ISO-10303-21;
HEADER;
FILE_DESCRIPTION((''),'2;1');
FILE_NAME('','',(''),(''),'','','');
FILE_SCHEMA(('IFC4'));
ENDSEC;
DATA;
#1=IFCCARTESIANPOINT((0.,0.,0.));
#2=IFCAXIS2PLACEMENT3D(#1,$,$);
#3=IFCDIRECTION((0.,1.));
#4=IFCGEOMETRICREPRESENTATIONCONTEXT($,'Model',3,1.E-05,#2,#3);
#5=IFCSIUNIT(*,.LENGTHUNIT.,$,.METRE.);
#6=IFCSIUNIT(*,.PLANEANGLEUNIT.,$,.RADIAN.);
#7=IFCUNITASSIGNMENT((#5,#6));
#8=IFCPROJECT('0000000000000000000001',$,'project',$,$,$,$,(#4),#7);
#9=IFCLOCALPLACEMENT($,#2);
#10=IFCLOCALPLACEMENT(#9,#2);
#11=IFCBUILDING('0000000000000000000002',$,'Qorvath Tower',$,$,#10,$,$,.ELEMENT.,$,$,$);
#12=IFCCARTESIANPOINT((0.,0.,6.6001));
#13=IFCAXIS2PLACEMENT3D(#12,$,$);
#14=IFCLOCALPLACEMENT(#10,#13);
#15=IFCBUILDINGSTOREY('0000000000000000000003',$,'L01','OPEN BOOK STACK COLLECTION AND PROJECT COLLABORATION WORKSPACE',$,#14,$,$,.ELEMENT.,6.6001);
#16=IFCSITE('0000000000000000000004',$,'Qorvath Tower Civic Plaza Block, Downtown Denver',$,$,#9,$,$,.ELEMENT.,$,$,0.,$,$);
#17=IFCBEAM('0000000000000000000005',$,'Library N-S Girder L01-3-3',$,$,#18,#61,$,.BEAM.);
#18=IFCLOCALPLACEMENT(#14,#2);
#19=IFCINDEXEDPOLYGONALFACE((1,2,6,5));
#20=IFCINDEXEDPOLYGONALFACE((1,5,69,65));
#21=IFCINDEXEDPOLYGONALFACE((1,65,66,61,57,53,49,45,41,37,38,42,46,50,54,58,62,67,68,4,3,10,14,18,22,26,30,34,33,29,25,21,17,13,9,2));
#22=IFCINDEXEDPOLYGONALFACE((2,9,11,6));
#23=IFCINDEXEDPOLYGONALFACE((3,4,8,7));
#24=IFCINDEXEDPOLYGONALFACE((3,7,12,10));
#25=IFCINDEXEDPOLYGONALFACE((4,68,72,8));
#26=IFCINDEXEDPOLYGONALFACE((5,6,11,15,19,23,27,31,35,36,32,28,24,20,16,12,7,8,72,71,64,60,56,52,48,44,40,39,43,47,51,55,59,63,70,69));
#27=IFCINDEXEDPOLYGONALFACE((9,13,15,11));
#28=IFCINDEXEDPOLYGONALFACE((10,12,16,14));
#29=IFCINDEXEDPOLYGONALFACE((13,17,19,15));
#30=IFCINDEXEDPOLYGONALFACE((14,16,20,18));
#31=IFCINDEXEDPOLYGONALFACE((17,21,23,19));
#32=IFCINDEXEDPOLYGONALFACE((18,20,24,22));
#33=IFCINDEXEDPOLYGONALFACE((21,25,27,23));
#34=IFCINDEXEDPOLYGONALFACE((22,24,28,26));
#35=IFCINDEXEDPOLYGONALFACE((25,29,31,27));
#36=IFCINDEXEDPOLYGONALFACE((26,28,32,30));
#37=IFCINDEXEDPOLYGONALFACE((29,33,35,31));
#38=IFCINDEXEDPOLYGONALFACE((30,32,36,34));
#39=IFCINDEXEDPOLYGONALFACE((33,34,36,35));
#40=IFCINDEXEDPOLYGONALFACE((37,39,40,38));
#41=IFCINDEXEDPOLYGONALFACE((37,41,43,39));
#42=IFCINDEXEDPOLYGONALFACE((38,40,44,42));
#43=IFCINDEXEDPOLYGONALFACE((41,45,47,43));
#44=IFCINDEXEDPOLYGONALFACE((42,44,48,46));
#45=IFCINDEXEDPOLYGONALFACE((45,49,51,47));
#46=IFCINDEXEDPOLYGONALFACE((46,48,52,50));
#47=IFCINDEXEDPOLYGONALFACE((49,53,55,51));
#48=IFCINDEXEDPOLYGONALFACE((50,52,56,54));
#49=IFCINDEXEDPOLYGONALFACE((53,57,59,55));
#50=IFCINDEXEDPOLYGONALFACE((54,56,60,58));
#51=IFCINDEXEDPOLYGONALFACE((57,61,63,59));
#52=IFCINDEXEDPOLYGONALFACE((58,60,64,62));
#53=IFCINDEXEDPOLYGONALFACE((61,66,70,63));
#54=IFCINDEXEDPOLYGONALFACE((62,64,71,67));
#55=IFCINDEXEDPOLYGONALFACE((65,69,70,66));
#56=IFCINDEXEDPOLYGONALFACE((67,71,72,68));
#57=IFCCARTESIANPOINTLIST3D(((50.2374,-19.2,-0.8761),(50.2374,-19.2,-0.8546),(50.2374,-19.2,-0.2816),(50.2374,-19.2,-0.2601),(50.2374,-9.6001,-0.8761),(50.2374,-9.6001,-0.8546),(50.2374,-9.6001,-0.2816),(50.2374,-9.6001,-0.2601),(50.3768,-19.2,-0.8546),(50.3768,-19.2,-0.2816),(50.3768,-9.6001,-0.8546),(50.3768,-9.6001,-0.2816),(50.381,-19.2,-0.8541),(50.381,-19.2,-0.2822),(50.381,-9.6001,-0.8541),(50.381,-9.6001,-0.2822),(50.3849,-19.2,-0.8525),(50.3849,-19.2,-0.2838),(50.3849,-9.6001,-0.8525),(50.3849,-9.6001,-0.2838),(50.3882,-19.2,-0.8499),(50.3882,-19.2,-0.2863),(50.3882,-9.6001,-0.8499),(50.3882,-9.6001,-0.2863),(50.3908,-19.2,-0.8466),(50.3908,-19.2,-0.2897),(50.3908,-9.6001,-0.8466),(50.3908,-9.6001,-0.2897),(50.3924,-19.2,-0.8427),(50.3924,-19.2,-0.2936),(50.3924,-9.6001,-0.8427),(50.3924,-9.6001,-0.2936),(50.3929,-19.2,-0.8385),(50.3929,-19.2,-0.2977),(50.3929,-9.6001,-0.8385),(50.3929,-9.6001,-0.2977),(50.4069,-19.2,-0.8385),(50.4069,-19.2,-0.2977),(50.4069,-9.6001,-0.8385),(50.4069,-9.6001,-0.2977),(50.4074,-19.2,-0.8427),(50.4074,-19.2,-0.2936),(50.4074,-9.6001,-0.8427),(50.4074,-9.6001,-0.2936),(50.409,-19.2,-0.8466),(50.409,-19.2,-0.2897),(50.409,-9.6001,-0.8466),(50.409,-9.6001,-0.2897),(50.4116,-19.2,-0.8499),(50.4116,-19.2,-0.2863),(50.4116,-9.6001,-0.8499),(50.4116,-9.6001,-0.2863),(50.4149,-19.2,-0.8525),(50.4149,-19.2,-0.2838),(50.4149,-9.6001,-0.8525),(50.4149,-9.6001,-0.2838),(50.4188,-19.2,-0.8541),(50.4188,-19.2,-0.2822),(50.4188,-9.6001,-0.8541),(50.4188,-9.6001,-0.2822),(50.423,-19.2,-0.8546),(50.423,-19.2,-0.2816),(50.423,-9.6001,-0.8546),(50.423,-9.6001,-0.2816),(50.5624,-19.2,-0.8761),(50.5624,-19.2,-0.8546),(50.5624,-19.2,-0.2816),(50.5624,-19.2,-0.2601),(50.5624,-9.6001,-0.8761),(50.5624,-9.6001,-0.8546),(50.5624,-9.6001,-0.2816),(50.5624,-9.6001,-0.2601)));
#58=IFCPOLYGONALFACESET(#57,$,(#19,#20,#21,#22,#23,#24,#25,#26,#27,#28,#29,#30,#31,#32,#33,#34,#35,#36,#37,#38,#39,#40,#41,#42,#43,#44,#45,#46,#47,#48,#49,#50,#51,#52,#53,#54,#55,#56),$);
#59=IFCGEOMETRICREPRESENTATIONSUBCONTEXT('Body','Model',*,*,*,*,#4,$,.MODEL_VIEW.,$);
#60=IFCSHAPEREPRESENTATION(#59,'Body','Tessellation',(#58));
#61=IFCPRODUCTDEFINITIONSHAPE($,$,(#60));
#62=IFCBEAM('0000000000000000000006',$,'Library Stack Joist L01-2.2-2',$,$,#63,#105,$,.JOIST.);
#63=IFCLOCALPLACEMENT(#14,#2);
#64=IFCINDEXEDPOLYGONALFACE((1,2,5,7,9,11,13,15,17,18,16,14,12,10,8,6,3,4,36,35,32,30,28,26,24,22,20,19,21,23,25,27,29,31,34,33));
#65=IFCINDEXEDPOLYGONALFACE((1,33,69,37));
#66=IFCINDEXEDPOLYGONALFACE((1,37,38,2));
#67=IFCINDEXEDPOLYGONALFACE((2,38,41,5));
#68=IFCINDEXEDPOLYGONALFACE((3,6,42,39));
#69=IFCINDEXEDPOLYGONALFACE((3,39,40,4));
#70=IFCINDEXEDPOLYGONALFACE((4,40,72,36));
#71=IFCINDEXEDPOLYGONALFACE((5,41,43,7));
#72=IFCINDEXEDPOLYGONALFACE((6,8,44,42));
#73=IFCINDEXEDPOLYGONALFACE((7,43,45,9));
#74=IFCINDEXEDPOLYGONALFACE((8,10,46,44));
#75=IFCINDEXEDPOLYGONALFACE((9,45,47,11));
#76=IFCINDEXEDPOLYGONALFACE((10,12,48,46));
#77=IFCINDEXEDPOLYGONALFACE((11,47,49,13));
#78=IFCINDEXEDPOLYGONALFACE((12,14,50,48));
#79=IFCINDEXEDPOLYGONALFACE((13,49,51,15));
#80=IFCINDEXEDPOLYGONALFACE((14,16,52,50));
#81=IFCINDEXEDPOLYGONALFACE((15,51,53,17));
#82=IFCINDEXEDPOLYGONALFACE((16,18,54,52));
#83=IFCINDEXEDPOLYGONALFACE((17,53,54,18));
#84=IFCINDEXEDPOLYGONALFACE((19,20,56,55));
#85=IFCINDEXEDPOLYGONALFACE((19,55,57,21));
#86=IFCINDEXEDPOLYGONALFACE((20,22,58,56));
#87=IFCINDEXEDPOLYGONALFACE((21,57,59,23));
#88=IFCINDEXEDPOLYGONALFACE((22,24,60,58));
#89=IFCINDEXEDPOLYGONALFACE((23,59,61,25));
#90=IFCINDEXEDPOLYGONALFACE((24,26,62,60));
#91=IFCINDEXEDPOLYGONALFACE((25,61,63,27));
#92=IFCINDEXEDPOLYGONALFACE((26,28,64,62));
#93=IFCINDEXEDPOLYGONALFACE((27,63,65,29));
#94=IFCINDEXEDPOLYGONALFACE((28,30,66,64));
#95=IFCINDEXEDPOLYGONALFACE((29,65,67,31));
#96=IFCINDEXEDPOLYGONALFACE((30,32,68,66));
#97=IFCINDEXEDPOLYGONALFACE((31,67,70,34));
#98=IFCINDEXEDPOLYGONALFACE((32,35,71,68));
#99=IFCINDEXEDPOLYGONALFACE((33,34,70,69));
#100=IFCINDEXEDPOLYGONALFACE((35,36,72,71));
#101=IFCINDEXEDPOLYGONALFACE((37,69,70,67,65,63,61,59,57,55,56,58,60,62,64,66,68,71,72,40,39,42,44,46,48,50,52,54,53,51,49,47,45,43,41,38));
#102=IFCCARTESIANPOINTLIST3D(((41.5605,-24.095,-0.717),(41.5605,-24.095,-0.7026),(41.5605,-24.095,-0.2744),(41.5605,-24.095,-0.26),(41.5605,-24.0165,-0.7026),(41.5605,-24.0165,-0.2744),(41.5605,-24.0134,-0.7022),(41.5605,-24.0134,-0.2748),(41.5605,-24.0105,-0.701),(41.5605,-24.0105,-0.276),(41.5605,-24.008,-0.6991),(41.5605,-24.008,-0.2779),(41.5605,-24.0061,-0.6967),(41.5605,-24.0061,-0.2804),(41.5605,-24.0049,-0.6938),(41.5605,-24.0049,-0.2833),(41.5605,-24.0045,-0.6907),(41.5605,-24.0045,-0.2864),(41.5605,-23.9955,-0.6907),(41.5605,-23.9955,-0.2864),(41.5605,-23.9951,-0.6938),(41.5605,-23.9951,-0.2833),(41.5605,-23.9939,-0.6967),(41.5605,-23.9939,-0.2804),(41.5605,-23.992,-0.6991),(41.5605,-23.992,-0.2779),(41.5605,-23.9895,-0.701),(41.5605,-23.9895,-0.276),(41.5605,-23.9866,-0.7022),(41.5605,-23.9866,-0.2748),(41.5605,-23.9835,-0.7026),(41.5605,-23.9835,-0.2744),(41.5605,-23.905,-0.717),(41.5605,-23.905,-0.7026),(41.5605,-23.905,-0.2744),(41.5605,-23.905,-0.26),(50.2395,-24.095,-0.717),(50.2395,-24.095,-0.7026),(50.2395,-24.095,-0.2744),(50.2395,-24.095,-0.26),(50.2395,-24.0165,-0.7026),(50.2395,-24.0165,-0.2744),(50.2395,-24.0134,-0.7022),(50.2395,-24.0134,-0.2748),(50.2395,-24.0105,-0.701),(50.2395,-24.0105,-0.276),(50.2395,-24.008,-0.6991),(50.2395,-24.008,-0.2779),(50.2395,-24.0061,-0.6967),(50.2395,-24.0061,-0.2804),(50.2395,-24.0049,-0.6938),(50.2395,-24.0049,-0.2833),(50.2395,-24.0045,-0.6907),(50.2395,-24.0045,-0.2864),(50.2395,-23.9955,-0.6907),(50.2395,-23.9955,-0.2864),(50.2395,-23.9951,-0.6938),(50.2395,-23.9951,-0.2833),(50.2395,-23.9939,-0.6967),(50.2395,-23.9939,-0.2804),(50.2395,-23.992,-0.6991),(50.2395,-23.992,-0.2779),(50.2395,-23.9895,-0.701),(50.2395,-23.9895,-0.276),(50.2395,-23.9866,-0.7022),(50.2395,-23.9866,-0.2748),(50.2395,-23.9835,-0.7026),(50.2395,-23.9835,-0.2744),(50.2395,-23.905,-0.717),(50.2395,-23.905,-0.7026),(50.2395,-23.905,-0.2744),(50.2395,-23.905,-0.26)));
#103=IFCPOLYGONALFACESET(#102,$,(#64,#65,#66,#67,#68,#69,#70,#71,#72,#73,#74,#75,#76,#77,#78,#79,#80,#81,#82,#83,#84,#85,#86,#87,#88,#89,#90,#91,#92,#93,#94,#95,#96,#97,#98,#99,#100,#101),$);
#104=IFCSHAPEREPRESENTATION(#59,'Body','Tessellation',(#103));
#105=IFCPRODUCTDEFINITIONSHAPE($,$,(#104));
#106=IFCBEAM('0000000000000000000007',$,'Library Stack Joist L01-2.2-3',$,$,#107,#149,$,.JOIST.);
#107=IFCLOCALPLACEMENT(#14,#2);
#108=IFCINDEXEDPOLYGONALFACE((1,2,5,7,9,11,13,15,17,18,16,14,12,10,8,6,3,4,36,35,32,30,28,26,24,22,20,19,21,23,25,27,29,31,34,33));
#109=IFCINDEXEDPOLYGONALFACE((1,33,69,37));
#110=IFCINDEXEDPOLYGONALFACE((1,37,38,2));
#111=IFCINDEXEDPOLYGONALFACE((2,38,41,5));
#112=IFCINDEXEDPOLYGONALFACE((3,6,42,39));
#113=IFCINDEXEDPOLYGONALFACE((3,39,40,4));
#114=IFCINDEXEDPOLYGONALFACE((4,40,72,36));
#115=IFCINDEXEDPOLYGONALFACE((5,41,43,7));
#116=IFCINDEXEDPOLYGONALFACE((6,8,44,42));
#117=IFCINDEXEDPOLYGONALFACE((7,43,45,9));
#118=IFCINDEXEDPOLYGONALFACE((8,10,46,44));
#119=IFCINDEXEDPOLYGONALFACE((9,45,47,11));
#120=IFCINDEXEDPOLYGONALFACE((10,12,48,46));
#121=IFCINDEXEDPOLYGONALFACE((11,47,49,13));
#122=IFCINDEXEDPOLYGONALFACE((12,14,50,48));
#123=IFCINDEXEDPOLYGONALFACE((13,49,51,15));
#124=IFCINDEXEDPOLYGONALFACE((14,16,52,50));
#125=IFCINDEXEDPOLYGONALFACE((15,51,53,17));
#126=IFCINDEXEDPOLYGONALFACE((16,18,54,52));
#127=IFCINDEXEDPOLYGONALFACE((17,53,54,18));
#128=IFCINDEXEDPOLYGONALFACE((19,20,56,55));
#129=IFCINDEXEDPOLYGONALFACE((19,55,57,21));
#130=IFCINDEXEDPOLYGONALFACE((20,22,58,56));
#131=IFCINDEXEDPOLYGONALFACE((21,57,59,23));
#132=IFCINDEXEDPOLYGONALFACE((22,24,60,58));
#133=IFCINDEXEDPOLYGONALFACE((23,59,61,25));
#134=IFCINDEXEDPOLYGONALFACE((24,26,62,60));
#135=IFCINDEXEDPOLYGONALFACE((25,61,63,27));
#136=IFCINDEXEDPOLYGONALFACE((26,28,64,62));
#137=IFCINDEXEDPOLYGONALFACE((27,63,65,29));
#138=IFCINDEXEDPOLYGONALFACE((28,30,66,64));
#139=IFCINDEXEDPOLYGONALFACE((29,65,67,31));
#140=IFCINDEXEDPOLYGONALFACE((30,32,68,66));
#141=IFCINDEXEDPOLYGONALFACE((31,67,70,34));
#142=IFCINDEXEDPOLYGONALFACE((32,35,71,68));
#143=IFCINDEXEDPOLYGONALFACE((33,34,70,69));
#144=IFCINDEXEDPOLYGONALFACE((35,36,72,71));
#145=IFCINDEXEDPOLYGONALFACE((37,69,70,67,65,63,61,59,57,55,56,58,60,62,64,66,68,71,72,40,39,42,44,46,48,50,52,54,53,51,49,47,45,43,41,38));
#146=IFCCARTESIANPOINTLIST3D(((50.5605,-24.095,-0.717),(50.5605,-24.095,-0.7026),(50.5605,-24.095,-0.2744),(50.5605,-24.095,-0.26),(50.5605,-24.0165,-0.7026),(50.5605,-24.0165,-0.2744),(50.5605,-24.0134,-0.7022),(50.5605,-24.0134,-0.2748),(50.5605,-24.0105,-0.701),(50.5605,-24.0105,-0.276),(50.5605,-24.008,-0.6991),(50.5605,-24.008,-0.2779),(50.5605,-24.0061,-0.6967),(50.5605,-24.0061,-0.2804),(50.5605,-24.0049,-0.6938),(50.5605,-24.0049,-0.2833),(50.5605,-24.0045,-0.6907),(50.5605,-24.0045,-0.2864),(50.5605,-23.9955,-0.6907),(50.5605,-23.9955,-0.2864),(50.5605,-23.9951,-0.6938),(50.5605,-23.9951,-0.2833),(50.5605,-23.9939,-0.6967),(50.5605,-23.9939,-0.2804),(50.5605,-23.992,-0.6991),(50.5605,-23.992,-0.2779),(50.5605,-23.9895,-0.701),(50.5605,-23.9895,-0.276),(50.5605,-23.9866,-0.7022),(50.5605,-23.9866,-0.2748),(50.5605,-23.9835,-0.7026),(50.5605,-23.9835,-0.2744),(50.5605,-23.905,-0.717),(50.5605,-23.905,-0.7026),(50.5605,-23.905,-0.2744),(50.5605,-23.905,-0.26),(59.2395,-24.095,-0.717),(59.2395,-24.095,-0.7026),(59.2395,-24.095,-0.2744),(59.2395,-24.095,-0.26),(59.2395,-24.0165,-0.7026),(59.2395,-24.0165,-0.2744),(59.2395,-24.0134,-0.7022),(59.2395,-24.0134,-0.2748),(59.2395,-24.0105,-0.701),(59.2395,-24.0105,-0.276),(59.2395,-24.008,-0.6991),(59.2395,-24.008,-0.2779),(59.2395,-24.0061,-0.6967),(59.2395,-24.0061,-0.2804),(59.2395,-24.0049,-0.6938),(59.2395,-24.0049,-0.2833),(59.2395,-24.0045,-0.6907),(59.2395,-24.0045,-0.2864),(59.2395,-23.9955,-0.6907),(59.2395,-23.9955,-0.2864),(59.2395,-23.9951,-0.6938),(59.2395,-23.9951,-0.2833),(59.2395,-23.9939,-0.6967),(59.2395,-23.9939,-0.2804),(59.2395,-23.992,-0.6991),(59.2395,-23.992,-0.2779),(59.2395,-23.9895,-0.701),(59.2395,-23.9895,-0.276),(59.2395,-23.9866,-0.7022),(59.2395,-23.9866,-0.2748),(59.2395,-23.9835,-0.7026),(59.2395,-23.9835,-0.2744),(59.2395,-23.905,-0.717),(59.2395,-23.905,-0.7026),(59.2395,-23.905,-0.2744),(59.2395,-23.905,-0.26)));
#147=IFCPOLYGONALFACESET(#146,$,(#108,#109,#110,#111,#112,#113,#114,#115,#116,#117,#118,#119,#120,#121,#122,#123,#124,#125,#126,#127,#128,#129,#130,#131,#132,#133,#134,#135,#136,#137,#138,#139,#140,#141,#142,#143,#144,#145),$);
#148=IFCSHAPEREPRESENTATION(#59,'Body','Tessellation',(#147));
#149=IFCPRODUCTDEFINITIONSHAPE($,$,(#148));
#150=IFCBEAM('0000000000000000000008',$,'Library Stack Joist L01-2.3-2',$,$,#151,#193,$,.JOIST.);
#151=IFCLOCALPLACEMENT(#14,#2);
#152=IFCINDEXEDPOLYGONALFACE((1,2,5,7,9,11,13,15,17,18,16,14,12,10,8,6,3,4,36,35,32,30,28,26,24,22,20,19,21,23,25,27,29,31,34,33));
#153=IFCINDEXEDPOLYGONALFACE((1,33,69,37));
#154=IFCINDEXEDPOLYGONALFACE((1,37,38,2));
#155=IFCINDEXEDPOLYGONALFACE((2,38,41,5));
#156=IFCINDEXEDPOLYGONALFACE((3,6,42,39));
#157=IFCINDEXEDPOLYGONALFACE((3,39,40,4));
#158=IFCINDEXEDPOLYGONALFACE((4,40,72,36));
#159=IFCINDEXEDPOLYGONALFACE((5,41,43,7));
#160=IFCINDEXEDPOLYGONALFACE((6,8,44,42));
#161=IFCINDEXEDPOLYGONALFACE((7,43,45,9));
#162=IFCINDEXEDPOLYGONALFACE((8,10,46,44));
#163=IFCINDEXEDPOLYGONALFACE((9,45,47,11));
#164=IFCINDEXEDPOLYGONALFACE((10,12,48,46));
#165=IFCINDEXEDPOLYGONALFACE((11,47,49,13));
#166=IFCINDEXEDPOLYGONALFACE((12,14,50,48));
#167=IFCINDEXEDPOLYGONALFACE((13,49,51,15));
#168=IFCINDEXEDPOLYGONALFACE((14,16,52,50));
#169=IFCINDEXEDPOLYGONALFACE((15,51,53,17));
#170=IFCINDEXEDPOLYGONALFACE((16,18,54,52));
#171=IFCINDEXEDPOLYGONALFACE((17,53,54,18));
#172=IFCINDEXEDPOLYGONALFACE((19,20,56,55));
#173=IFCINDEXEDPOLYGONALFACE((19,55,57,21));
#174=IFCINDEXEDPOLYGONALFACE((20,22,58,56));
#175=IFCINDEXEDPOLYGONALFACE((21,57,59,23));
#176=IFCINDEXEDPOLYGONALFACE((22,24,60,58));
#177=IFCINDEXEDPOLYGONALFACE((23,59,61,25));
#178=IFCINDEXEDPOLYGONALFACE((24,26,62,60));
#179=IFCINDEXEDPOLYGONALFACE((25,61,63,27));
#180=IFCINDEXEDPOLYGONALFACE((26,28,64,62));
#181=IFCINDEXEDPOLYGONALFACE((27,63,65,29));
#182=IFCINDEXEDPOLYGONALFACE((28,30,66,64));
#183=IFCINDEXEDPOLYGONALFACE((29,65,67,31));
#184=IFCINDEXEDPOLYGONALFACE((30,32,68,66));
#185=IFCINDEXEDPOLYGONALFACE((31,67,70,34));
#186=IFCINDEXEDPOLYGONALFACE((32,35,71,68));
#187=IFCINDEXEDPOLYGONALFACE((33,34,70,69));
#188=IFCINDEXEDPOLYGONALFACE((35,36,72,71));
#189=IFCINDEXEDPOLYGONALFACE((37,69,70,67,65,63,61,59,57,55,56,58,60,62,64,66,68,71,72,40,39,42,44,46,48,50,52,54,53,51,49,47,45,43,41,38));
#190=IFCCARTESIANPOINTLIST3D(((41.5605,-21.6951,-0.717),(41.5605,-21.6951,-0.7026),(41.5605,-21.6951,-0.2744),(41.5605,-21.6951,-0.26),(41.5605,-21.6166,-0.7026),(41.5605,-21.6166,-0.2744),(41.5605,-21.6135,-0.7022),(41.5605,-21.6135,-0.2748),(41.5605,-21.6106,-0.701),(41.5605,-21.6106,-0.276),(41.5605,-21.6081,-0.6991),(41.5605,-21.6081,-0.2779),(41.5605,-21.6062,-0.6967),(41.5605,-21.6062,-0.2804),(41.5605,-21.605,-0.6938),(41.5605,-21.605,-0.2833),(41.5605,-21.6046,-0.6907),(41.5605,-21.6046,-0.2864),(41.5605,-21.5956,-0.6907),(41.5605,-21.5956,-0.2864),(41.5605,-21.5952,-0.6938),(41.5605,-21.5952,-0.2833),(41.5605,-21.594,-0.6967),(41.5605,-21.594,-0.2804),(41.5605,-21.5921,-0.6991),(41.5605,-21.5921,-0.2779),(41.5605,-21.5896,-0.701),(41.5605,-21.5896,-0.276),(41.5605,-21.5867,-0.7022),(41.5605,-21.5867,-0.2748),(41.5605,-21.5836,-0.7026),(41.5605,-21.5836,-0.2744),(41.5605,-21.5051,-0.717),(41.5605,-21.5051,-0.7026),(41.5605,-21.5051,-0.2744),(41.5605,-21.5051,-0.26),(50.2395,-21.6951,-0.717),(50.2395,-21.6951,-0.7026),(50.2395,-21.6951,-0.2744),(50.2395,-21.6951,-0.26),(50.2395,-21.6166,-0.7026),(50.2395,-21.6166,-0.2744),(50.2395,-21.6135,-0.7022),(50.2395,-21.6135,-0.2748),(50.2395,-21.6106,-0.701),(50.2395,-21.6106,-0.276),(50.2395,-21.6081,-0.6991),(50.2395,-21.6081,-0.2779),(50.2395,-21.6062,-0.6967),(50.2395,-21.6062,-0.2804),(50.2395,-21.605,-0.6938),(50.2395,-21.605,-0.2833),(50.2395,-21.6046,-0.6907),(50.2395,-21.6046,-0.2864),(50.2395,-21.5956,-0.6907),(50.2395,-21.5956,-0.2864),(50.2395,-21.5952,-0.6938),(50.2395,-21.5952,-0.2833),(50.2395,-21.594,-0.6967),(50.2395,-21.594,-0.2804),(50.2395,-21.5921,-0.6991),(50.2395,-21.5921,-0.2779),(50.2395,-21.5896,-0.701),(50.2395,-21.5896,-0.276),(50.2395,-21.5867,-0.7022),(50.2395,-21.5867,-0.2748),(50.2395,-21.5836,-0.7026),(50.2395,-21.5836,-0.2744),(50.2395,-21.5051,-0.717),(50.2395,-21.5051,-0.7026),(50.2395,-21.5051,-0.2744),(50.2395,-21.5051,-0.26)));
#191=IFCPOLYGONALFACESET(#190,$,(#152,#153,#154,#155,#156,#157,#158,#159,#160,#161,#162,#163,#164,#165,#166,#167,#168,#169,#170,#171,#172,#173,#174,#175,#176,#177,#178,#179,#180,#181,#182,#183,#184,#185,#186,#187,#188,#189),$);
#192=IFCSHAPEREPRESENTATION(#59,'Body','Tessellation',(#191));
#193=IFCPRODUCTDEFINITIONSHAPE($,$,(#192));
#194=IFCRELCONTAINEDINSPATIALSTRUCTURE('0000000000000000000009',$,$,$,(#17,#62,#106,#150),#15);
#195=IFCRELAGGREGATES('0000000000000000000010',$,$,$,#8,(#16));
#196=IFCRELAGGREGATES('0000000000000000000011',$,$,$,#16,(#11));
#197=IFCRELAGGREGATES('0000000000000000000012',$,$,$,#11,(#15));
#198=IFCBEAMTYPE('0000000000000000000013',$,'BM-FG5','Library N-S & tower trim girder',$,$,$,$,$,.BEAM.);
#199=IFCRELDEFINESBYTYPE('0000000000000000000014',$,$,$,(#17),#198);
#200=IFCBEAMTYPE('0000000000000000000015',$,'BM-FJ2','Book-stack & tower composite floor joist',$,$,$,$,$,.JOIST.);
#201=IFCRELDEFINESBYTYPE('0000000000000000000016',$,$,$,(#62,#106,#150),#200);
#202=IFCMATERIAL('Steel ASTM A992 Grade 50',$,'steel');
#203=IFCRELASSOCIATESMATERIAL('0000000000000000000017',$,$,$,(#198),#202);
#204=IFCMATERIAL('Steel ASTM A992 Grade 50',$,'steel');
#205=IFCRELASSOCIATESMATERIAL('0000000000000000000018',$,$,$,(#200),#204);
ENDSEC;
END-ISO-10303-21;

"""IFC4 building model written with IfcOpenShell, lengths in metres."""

from ifc_helpers import new_model, si_unit, direction, frame, origin, origin_2d, place, context, subcontext, project, spatial, i_section, extrude, material, material_profile, profile_set, type_object, element, save


model = new_model("IFC4")

# Units and contexts
model_context = context("Model", 3, precision=1e-05, world=origin(), true_north=direction((0.0, 1.0)))
body_context = subcontext(model_context, "Body", "Model", "MODEL_VIEW")
ifc_project = project(units=[si_unit("LENGTHUNIT", "METRE"), si_unit("PLANEANGLEUNIT", "RADIAN")], contexts=[model_context])

# Site, building, storey
site_placement = place(None, origin())
site = spatial("IfcSite", under=ifc_project, at=site_placement, Name="Qorvath Tower Civic Plaza Block, Downtown Denver", CompositionType="ELEMENT", RefElevation=0.0)
building_placement = place(site_placement, origin())
building = spatial("IfcBuilding", under=site, at=building_placement, Name="Qorvath Tower", CompositionType="ELEMENT")
storey_placement = place(building_placement, frame((0.0, 0.0, 6.6001)))
storey = spatial("IfcBuildingStorey", under=building, at=storey_placement, Name="L01", Description="OPEN BOOK STACK COLLECTION AND PROJECT COLLABORATION WORKSPACE", CompositionType="ELEMENT", Elevation=6.6001)

# Beams
ifc_material_1 = material(Name="Steel ASTM A992 Grade 50", Category="steel")
ifc_material_profile_1 = material_profile(ifc_material_1, i_section(OverallWidth=0.325, OverallDepth=0.616, WebThickness=0.0139, FlangeThickness=0.0215, FilletRadius=0.0161, at=origin_2d()), Name="W24x117")
ifc_profile_set_1 = profile_set([ifc_material_profile_1], Name="Steel ASTM A992 Grade 50")
beam_type_1 = type_object("IfcBeamType", Name="BM-FG5", Description="Library N-S & tower trim girder", PredefinedType="BEAM", material=ifc_profile_set_1)
for number, where, z_axis, x_axis, name in (
    (1, (50.3999, -19.2, -0.5681), (0.0, 1.0, 0.0), (-1.0, 0.0, 0.0), "Library N-S Girder L01-3-3"),
):
    element("IfcBeam", number, at=place(storey_placement, frame(where, z_axis=z_axis, x_axis=x_axis)), inside=storey, type_object=beam_type_1, Name=name, PredefinedType="BEAM", context=body_context, shape_type="SweptSolid", body=[
        extrude(i_section(OverallWidth=0.325, OverallDepth=0.616, WebThickness=0.0139, FlangeThickness=0.0215, FilletRadius=0.0161, at=origin_2d()), origin(), (0.0, 0.0, 1.0), 9.5999),
    ])
ifc_material_2 = material(Name="Steel ASTM A992 Grade 50", Category="steel")
ifc_material_profile_2 = material_profile(ifc_material_2, i_section(OverallWidth=0.1899, OverallDepth=0.457, WebThickness=0.009, FlangeThickness=0.0144, FilletRadius=0.012, at=origin_2d()), Name="W18x50")
ifc_profile_set_2 = profile_set([ifc_material_profile_2], Name="Steel ASTM A992 Grade 50")
beam_type_2 = type_object("IfcBeamType", Name="BM-FJ2", Description="Book-stack & tower composite floor joist", PredefinedType="JOIST", material=ifc_profile_set_2)
for number, where, z_axis, x_axis, name in (
    (2, (41.5605, -24.0, -0.4885), (1.0, 0.0, 0.0), (0.0, 1.0, 0.0), "Library Stack Joist L01-2.2-2"),
    (3, (50.5605, -24.0, -0.4885), (1.0, 0.0, 0.0), (0.0, 1.0, 0.0), "Library Stack Joist L01-2.2-3"),
    (4, (41.5605, -21.6001, -0.4885), (1.0, 0.0, 0.0), (0.0, 1.0, 0.0), "Library Stack Joist L01-2.3-2"),
):
    element("IfcBeam", number, at=place(storey_placement, frame(where, z_axis=z_axis, x_axis=x_axis)), inside=storey, type_object=beam_type_2, Name=name, PredefinedType="JOIST", context=body_context, shape_type="SweptSolid", body=[
        extrude(i_section(OverallWidth=0.1899, OverallDepth=0.457, WebThickness=0.009, FlangeThickness=0.0144, FilletRadius=0.012, at=origin_2d()), origin(), (0.0, 0.0, 1.0), 8.679),
    ])

save(model, "model.ifc")
